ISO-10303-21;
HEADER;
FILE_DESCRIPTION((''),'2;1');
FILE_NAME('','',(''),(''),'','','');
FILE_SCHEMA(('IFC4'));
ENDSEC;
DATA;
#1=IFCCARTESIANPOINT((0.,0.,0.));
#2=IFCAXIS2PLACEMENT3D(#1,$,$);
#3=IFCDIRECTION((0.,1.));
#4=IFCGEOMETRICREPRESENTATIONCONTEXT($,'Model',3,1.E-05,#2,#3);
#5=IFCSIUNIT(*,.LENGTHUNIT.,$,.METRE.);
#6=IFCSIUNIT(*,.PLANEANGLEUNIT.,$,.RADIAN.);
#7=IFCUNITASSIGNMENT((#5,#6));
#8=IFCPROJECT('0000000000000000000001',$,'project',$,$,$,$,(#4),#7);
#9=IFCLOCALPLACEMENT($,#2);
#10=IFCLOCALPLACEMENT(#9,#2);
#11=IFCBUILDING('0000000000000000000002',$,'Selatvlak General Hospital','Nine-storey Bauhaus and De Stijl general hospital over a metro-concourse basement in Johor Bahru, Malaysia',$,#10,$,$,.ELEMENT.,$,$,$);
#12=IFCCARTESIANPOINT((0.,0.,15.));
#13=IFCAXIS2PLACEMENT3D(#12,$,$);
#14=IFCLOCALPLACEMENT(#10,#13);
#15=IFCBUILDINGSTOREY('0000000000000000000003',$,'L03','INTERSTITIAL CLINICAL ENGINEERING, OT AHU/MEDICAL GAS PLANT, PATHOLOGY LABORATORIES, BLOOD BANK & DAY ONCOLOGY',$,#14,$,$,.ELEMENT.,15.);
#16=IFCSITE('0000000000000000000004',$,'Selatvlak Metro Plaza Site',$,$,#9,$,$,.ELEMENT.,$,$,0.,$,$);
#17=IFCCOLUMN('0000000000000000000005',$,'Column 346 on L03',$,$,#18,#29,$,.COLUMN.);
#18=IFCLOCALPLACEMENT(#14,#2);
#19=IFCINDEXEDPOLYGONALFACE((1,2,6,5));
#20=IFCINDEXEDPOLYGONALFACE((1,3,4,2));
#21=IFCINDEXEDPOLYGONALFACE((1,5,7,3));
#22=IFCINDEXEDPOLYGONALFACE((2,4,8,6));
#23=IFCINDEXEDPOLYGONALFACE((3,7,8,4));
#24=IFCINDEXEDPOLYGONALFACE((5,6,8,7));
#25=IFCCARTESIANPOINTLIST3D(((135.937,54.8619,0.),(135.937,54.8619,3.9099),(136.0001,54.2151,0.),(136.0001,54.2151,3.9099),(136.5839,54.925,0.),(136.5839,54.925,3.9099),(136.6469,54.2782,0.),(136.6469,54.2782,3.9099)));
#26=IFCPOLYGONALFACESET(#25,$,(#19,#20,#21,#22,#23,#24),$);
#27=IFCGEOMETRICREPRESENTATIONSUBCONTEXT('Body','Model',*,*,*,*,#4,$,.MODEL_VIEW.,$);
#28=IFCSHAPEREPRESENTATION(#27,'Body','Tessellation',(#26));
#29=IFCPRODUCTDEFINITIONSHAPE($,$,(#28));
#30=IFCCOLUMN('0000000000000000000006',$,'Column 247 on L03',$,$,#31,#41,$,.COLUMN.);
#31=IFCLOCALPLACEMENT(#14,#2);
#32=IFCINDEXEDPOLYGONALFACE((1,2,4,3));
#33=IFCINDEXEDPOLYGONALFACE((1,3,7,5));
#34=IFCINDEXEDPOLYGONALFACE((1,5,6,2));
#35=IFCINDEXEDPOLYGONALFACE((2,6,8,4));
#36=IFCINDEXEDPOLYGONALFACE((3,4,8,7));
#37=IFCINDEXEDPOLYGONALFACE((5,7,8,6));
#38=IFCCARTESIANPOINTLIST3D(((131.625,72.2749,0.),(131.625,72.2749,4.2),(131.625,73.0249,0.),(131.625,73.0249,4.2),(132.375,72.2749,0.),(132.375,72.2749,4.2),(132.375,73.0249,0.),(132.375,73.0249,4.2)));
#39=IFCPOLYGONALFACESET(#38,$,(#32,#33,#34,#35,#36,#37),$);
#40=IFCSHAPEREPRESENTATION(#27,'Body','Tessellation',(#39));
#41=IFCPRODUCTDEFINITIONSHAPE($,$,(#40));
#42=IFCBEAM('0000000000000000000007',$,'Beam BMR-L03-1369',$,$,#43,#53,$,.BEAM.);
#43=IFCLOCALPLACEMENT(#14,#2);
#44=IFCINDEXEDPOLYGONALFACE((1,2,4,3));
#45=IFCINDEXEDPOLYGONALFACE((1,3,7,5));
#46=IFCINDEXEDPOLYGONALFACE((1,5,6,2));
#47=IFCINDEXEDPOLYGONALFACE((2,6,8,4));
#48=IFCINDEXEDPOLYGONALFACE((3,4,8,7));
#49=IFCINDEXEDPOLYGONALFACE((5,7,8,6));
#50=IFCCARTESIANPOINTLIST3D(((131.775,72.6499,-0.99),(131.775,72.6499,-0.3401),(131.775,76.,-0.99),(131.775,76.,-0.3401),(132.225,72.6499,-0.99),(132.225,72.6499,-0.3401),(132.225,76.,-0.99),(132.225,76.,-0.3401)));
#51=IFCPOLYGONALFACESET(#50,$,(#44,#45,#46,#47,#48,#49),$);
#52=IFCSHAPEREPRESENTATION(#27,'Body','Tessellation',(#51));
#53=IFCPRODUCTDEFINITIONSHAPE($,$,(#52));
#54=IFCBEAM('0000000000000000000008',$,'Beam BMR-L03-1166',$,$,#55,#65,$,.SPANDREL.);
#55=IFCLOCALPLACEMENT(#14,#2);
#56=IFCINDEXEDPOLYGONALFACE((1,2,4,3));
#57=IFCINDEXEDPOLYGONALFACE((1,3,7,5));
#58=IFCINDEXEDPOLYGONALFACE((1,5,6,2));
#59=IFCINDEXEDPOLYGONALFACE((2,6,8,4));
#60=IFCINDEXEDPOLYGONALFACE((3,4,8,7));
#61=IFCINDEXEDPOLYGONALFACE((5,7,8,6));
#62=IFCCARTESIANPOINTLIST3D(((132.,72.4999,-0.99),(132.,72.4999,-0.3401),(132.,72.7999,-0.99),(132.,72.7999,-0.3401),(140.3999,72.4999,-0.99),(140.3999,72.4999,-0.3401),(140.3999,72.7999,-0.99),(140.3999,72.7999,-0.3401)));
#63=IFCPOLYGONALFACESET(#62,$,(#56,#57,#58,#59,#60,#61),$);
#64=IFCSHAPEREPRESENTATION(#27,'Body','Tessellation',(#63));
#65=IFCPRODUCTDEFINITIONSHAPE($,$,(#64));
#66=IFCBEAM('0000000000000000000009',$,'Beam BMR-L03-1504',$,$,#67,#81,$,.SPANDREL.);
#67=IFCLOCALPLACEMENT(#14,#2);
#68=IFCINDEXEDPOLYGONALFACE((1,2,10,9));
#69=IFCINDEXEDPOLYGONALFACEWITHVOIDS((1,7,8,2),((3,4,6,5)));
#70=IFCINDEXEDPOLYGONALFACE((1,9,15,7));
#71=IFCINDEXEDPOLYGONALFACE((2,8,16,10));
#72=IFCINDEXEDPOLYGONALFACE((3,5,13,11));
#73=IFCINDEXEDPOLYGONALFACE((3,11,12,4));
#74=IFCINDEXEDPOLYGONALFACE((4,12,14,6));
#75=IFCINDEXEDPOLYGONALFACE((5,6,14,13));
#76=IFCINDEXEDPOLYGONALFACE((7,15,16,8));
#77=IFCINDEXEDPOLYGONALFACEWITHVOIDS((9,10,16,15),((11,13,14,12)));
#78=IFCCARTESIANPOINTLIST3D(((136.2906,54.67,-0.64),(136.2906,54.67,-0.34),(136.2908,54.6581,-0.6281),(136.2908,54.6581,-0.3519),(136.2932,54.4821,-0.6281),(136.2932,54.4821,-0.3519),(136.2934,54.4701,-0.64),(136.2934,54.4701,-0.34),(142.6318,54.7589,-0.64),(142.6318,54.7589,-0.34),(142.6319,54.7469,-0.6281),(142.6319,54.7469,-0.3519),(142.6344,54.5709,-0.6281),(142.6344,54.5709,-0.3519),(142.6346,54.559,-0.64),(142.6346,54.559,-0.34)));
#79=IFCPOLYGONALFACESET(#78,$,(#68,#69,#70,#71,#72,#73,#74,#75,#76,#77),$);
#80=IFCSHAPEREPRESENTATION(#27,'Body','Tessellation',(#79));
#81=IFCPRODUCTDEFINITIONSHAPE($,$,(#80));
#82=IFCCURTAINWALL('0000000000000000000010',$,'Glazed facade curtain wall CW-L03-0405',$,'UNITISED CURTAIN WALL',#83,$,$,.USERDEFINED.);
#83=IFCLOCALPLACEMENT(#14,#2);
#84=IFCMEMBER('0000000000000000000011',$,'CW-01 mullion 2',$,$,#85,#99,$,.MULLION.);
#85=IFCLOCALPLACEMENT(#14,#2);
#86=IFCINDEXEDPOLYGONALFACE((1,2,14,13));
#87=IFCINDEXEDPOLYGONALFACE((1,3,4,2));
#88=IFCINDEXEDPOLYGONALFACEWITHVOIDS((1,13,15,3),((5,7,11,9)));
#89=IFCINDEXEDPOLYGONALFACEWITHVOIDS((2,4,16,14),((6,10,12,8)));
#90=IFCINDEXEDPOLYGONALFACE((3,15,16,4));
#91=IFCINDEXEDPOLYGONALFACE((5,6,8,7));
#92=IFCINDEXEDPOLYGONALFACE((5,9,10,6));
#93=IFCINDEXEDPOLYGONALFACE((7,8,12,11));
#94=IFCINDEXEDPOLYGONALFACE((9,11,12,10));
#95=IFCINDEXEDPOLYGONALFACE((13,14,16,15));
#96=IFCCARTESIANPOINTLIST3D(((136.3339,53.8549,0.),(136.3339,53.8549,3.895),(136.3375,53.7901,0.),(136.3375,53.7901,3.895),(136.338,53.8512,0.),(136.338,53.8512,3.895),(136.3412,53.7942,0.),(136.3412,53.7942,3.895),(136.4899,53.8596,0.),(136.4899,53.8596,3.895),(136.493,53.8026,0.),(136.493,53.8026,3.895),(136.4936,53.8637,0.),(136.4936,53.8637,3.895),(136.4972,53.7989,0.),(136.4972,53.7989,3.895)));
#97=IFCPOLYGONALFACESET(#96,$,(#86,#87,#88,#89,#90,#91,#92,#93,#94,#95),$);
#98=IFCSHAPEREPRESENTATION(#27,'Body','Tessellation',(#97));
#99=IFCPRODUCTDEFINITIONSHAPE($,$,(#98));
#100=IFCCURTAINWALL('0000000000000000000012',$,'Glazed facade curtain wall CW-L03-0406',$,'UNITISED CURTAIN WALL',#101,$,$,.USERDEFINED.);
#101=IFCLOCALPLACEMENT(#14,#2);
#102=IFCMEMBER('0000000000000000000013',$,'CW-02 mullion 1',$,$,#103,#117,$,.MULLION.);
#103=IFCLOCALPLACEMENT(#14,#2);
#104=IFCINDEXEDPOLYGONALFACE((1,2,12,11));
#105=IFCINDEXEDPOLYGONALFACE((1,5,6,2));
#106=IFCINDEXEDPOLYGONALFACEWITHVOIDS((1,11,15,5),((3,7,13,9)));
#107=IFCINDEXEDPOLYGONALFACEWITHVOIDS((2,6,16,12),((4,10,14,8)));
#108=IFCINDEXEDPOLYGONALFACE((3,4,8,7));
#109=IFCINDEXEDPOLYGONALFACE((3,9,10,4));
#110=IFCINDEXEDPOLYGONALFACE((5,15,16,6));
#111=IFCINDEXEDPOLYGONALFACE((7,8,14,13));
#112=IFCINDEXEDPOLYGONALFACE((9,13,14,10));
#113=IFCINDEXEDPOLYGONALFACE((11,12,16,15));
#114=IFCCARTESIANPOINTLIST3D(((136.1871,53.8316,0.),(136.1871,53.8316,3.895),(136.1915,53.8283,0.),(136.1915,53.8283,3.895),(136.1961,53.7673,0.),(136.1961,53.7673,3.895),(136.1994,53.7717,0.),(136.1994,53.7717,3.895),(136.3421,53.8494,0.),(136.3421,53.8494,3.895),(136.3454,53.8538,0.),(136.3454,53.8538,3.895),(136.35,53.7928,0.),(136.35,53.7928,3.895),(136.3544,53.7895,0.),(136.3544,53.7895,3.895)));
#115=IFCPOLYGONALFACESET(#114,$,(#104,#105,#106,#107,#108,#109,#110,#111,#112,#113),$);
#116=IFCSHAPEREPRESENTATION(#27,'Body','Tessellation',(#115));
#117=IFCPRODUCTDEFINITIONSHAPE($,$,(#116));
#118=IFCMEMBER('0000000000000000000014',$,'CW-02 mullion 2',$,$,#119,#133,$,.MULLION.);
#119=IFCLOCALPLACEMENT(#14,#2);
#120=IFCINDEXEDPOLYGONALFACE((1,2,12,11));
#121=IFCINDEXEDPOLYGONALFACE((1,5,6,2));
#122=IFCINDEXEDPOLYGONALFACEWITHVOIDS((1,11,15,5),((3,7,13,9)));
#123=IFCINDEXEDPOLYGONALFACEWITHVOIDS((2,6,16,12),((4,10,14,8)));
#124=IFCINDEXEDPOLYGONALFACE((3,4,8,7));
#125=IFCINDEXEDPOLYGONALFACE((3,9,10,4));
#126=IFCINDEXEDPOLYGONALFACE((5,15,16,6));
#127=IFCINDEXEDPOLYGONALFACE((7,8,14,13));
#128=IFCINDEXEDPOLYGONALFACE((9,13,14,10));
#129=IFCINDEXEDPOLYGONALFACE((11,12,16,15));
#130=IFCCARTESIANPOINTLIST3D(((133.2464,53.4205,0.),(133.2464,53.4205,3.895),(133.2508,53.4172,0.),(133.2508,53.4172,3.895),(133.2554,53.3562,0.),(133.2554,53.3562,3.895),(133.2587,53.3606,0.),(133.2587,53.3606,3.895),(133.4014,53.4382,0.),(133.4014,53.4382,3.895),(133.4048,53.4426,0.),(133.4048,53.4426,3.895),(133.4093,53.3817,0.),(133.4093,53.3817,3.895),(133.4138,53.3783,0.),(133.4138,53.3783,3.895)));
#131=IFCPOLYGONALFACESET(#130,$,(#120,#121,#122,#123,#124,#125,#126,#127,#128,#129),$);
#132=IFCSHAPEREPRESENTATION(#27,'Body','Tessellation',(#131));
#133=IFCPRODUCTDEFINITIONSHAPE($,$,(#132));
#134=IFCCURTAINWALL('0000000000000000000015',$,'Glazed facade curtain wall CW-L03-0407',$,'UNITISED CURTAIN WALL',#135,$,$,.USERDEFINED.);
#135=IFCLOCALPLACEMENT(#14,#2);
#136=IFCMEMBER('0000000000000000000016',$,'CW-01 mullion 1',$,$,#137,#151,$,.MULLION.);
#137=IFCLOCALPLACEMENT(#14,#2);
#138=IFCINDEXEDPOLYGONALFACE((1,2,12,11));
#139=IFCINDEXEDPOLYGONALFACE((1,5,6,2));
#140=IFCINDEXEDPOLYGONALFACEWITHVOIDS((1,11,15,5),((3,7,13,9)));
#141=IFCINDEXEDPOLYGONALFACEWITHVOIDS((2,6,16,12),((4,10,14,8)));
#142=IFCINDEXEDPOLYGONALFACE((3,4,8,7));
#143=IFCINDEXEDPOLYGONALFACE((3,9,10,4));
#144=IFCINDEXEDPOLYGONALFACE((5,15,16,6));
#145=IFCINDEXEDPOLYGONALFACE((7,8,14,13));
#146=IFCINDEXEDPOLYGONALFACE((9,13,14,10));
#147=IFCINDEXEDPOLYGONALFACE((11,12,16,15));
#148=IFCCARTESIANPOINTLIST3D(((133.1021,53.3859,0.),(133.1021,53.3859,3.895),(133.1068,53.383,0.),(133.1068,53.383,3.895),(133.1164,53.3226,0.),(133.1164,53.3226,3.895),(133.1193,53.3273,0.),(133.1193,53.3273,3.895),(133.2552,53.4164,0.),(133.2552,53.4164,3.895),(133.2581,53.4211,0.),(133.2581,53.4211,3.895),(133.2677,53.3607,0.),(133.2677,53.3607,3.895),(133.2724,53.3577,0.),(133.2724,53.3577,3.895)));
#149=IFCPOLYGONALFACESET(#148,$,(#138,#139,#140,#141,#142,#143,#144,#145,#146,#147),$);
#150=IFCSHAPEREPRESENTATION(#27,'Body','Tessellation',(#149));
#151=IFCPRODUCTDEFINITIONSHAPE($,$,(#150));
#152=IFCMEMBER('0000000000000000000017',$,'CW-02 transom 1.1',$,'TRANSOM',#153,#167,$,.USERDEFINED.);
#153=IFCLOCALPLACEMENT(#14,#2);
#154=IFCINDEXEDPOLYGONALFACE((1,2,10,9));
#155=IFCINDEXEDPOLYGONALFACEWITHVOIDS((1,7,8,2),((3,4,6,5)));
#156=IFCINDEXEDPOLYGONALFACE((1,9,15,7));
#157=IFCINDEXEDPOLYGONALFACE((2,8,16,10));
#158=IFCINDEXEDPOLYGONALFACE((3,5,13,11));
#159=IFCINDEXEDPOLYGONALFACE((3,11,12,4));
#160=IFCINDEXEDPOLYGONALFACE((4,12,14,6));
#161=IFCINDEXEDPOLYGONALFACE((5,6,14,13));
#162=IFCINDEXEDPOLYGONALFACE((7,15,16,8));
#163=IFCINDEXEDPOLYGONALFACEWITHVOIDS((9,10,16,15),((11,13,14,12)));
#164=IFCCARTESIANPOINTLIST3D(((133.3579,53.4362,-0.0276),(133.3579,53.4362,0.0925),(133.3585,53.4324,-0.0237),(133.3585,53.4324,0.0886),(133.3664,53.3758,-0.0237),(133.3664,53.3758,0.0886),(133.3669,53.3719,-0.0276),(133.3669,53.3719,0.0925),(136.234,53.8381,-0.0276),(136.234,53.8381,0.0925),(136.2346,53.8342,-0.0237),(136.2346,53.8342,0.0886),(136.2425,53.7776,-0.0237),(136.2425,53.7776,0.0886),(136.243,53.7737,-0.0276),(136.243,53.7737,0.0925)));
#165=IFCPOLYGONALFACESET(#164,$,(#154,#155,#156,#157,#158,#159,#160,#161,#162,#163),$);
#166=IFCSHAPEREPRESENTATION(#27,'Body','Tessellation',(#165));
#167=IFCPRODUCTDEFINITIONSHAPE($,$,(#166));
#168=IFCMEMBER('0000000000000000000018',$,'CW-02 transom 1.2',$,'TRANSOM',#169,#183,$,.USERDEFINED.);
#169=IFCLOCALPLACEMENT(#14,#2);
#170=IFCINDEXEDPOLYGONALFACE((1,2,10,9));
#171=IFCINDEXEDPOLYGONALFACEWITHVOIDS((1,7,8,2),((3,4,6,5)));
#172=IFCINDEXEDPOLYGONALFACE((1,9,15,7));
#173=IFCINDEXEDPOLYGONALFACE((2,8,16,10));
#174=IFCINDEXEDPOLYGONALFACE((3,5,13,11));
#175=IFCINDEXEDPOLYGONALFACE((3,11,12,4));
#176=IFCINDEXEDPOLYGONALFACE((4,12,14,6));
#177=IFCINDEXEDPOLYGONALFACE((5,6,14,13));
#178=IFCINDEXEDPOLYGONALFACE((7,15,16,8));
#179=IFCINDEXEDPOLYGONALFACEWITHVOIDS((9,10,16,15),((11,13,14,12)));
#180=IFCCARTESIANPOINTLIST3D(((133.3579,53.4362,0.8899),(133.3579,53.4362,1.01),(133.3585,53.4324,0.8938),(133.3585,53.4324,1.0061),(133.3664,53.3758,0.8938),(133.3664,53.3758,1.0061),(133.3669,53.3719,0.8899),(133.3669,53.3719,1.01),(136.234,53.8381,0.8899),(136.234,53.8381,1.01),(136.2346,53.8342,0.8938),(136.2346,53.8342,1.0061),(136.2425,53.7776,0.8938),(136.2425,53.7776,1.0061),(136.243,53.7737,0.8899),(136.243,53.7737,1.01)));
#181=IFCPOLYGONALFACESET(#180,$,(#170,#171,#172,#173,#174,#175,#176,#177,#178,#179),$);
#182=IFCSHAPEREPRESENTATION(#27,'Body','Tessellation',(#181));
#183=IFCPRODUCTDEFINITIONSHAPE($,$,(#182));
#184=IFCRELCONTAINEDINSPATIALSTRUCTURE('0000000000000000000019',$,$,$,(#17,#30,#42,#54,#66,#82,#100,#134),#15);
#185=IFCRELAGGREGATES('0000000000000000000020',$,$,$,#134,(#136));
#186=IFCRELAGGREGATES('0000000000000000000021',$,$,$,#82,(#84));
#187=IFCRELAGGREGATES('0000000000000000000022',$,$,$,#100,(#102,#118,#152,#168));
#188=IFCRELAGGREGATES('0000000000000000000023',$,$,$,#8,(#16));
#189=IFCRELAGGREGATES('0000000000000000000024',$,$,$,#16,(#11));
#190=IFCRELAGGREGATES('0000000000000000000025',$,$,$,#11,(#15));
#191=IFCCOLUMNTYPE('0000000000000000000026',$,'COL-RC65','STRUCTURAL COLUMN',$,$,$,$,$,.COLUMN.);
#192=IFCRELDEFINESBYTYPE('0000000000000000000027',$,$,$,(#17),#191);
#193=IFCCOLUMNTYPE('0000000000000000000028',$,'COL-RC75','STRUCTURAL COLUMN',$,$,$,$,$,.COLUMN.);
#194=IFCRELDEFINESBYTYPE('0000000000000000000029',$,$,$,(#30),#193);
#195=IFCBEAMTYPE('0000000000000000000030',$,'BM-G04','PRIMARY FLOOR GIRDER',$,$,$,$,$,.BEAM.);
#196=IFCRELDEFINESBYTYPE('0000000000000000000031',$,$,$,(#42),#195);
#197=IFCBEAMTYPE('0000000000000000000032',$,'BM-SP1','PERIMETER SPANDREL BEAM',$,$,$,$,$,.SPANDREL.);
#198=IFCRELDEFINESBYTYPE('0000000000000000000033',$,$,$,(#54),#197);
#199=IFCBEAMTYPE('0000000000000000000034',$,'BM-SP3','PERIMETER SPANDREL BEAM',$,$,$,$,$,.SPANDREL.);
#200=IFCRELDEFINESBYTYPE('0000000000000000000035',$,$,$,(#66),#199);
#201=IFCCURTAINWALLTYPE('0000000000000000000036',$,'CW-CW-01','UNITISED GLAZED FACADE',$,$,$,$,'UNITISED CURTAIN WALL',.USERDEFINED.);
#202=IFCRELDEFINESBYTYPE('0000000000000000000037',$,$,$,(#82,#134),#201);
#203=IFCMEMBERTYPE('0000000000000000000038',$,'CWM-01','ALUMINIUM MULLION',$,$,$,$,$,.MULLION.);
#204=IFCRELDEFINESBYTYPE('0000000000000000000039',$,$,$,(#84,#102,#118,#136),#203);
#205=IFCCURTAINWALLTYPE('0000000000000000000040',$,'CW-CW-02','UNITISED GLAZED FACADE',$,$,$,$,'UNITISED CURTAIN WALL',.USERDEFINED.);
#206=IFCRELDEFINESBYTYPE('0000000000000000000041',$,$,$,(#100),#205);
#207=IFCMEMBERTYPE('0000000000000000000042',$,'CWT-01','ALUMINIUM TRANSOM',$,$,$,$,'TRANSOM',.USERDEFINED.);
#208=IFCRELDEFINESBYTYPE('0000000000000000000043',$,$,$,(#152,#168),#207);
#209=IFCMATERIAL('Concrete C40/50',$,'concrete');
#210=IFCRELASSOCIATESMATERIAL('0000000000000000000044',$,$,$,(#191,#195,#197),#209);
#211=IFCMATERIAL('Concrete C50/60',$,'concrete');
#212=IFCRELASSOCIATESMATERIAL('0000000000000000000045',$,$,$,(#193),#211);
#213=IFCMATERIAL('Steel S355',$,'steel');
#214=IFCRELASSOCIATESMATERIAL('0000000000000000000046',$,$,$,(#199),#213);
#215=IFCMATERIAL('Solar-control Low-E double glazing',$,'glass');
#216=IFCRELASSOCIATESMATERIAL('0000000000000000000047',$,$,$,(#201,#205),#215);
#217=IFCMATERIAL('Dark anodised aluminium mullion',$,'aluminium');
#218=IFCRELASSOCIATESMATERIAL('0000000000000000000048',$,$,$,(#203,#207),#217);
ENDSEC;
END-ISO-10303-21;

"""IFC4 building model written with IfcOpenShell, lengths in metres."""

from ifc_helpers import new_model, si_unit, direction, frame, origin, origin_2d, place, context, subcontext, project, spatial, rectangle, hollow_rectangle, extrude, material, material_profile, profile_set, type_object, element, aggregate, save


model = new_model("IFC4")

# Units and contexts
model_context = context("Model", 3, precision=1e-05, world=origin(), true_north=direction((0.0, 1.0)))
body_context = subcontext(model_context, "Body", "Model", "MODEL_VIEW")
ifc_project = project(units=[si_unit("LENGTHUNIT", "METRE"), si_unit("PLANEANGLEUNIT", "RADIAN")], contexts=[model_context])

# Site, building, storey
site_placement = place(None, origin())
site = spatial("IfcSite", under=ifc_project, at=site_placement, Name="Selatvlak Metro Plaza Site", CompositionType="ELEMENT", RefElevation=0.0)
building_placement = place(site_placement, origin())
building = spatial("IfcBuilding", under=site, at=building_placement, Name="Selatvlak General Hospital", Description="Nine-storey Bauhaus and De Stijl general hospital over a metro-concourse basement in Johor Bahru, Malaysia", CompositionType="ELEMENT")
storey_placement = place(building_placement, frame((0.0, 0.0, 15.0)))
storey = spatial("IfcBuildingStorey", under=building, at=storey_placement, Name="L03", Description="INTERSTITIAL CLINICAL ENGINEERING, OT AHU/MEDICAL GAS PLANT, PATHOLOGY LABORATORIES, BLOOD BANK & DAY ONCOLOGY", CompositionType="ELEMENT", Elevation=15.0)

# Columns
ifc_material_1 = material(Name="Concrete C40/50", Category="concrete")
ifc_material_profile_1 = material_profile(ifc_material_1, rectangle(XDim=0.6499, YDim=0.6499, at=origin_2d()), Name="RC-COL 650x650")
ifc_profile_set_1 = profile_set([ifc_material_profile_1], Name="Concrete C40/50")
column_type_1 = type_object("IfcColumnType", Name="COL-RC65", Description="STRUCTURAL COLUMN", PredefinedType="COLUMN", material=ifc_profile_set_1)
column_1_placement = place(storey_placement, frame((136.292, 54.5701, 0.0), z_axis=(0.0, 0.0, 1.0), x_axis=(-0.097062, 0.995278, 0.0)))
element("IfcColumn", 1, at=column_1_placement, inside=storey, type_object=column_type_1, Name="Column 346 on L03", PredefinedType="COLUMN", context=body_context, shape_type="SweptSolid", body=[
    extrude(rectangle(XDim=0.6499, YDim=0.6499, at=origin_2d()), origin(), (0.0, 0.0, 1.0), 3.9099),
])
ifc_material_2 = material(Name="Concrete C50/60", Category="concrete")
ifc_material_profile_2 = material_profile(ifc_material_2, rectangle(XDim=0.75, YDim=0.75, at=origin_2d()), Name="RC-COL 750x750")
ifc_profile_set_2 = profile_set([ifc_material_profile_2], Name="Concrete C50/60")
column_type_2 = type_object("IfcColumnType", Name="COL-RC75", Description="STRUCTURAL COLUMN", PredefinedType="COLUMN", material=ifc_profile_set_2)
column_2_placement = place(storey_placement, frame((132.0, 72.6499, 0.0), z_axis=(0.0, 0.0, 1.0), x_axis=(1.0, 0.0, 0.0)))
element("IfcColumn", 2, at=column_2_placement, inside=storey, type_object=column_type_2, Name="Column 247 on L03", PredefinedType="COLUMN", context=body_context, shape_type="SweptSolid", body=[
    extrude(rectangle(XDim=0.75, YDim=0.75, at=origin_2d()), origin(), (0.0, 0.0, 1.0), 4.2),
])

# Beams
ifc_material_profile_3 = material_profile(ifc_material_1, rectangle(XDim=0.45, YDim=0.6499, at=origin_2d()), Name="RC-BM 450x650")
ifc_profile_set_3 = profile_set([ifc_material_profile_3], Name="Concrete C40/50")
beam_type_1 = type_object("IfcBeamType", Name="BM-G04", Description="PRIMARY FLOOR GIRDER", PredefinedType="BEAM", material=ifc_profile_set_3)
beam_1_placement = place(storey_placement, frame((132.0, 72.6499, -0.665), z_axis=(0.0, 1.0, 0.0), x_axis=(-1.0, 0.0, 0.0)))
element("IfcBeam", 3, at=beam_1_placement, inside=storey, type_object=beam_type_1, Name="Beam BMR-L03-1369", PredefinedType="BEAM", context=body_context, shape_type="SweptSolid", body=[
    extrude(rectangle(XDim=0.45, YDim=0.6499, at=origin_2d()), origin(), (0.0, 0.0, 1.0), 3.3501),
])
ifc_material_profile_4 = material_profile(ifc_material_1, rectangle(XDim=0.3, YDim=0.6499, at=origin_2d()), Name="RC-SP 300x650")
ifc_profile_set_4 = profile_set([ifc_material_profile_4], Name="Concrete C40/50")
beam_type_2 = type_object("IfcBeamType", Name="BM-SP1", Description="PERIMETER SPANDREL BEAM", PredefinedType="SPANDREL", material=ifc_profile_set_4)
beam_2_placement = place(storey_placement, frame((132.0, 72.6499, -0.665), z_axis=(1.0, 0.0, 0.0), x_axis=(0.0, 1.0, 0.0)))
element("IfcBeam", 4, at=beam_2_placement, inside=storey, type_object=beam_type_2, Name="Beam BMR-L03-1166", PredefinedType="SPANDREL", context=body_context, shape_type="SweptSolid", body=[
    extrude(rectangle(XDim=0.3, YDim=0.6499, at=origin_2d()), origin(), (0.0, 0.0, 1.0), 8.3999),
])
ifc_material_3 = material(Name="Steel S355", Category="steel")
ifc_material_profile_5 = material_profile(ifc_material_3, hollow_rectangle(XDim=0.2, YDim=0.3, WallThickness=0.012, at=origin_2d()), Name="RHS 300x200x12")
ifc_profile_set_5 = profile_set([ifc_material_profile_5], Name="Steel S355")
beam_type_3 = type_object("IfcBeamType", Name="BM-SP3", Description="PERIMETER SPANDREL BEAM", PredefinedType="SPANDREL", material=ifc_profile_set_5)
beam_3_placement = place(storey_placement, frame((136.292, 54.5701, -0.49), z_axis=(0.999902, 0.014013, 0.0), x_axis=(-0.014013, 0.999902, 0.0)))
element("IfcBeam", 5, at=beam_3_placement, inside=storey, type_object=beam_type_3, Name="Beam BMR-L03-1504", PredefinedType="SPANDREL", context=body_context, shape_type="SweptSolid", body=[
    extrude(hollow_rectangle(XDim=0.2, YDim=0.3, WallThickness=0.012, at=origin_2d()), origin(), (0.0, 0.0, 1.0), 6.3418),
])

# Curtain wall, member
ifc_material_4 = material(Name="Solar-control Low-E double glazing", Category="glass")
curtain_wall_type_1 = type_object("IfcCurtainWallType", Name="CW-CW-01", Description="UNITISED GLAZED FACADE", ElementType="UNITISED CURTAIN WALL", PredefinedType="USERDEFINED", material=ifc_material_4)
curtain_wall_1_placement = place(storey_placement, origin())
curtain_wall_1 = element("IfcCurtainWall", 6, at=curtain_wall_1_placement, inside=storey, type_object=curtain_wall_type_1, Name="Glazed facade curtain wall CW-L03-0405", ObjectType="UNITISED CURTAIN WALL", PredefinedType="USERDEFINED")
ifc_material_5 = material(Name="Dark anodised aluminium mullion", Category="aluminium")
ifc_material_profile_6 = material_profile(ifc_material_5, hollow_rectangle(XDim=0.0649, YDim=0.1599, WallThickness=0.0039, at=origin_2d()), Name="AL-MUL 65x160x4")
ifc_profile_set_6 = profile_set([ifc_material_profile_6], Name="Dark anodised aluminium mullion")
member_type_1 = type_object("IfcMemberType", Name="CWM-01", Description="ALUMINIUM MULLION", PredefinedType="MULLION", material=ifc_profile_set_6)
member_1_placement = place(storey_placement, frame((136.4155, 53.8269, 0.0), z_axis=(0.0, 0.0, 1.0), x_axis=(0.055159, -0.998478, 0.0)))
member_1 = element("IfcMember", 7, at=member_1_placement, type_object=member_type_1, Name="CW-01 mullion 2", PredefinedType="MULLION", context=body_context, shape_type="SweptSolid", body=[
    extrude(hollow_rectangle(XDim=0.0649, YDim=0.1599, WallThickness=0.0039, at=origin_2d()), origin(), (0.0, 0.0, 1.0), 3.895),
])

# Curtain wall, members
curtain_wall_type_2 = type_object("IfcCurtainWallType", Name="CW-CW-02", Description="UNITISED GLAZED FACADE", ElementType="UNITISED CURTAIN WALL", PredefinedType="USERDEFINED", material=ifc_material_4)
curtain_wall_2_placement = place(storey_placement, origin())
curtain_wall_2 = element("IfcCurtainWall", 8, at=curtain_wall_2_placement, inside=storey, type_object=curtain_wall_type_2, Name="Glazed facade curtain wall CW-L03-0406", ObjectType="UNITISED CURTAIN WALL", PredefinedType="USERDEFINED")
member_2_placement = place(storey_placement, frame((136.2708, 53.8105, 0.0), z_axis=(0.0, 0.0, 1.0), x_axis=(0.138422, -0.990373, 0.0)))
member_2 = element("IfcMember", 9, at=member_2_placement, type_object=member_type_1, Name="CW-02 mullion 1", PredefinedType="MULLION", context=body_context, shape_type="SweptSolid", body=[
    extrude(hollow_rectangle(XDim=0.0649, YDim=0.1599, WallThickness=0.0039, at=origin_2d()), origin(), (0.0, 0.0, 1.0), 3.895),
])
member_3_placement = place(storey_placement, frame((133.3301, 53.3994, 0.0), z_axis=(0.0, 0.0, 1.0), x_axis=(0.138422, -0.990373, 0.0)))
member_3 = element("IfcMember", 10, at=member_3_placement, type_object=member_type_1, Name="CW-02 mullion 2", PredefinedType="MULLION", context=body_context, shape_type="SweptSolid", body=[
    extrude(hollow_rectangle(XDim=0.0649, YDim=0.1599, WallThickness=0.0039, at=origin_2d()), origin(), (0.0, 0.0, 1.0), 3.895),
])

# Curtain wall, member
curtain_wall_3_placement = place(storey_placement, origin())
curtain_wall_3 = element("IfcCurtainWall", 11, at=curtain_wall_3_placement, inside=storey, type_object=curtain_wall_type_1, Name="Glazed facade curtain wall CW-L03-0407", ObjectType="UNITISED CURTAIN WALL", PredefinedType="USERDEFINED")
member_4_placement = place(storey_placement, frame((133.1873, 53.3718, 0.0), z_axis=(0.0, 0.0, 1.0), x_axis=(0.219653, -0.975578, 0.0)))
member_4 = element("IfcMember", 12, at=member_4_placement, type_object=member_type_1, Name="CW-01 mullion 1", PredefinedType="MULLION", context=body_context, shape_type="SweptSolid", body=[
    extrude(hollow_rectangle(XDim=0.0649, YDim=0.1599, WallThickness=0.0039, at=origin_2d()), origin(), (0.0, 0.0, 1.0), 3.895),
])

# Members
ifc_material_profile_7 = material_profile(ifc_material_5, hollow_rectangle(XDim=0.0649, YDim=0.1201, WallThickness=0.0039, at=origin_2d()), Name="AL-TRN 65x120x4")
ifc_profile_set_7 = profile_set([ifc_material_profile_7], Name="Dark anodised aluminium mullion")
member_type_2 = type_object("IfcMemberType", Name="CWT-01", Description="ALUMINIUM TRANSOM", ElementType="TRANSOM", PredefinedType="USERDEFINED", material=ifc_profile_set_7)
member_5_placement = place(storey_placement, frame((136.2385, 53.8059, 0.0325), z_axis=(-0.99038, -0.138372, 0.0), x_axis=(0.138372, -0.99038, 0.0)))
member_5 = element("IfcMember", 13, at=member_5_placement, type_object=member_type_2, Name="CW-02 transom 1.1", ObjectType="TRANSOM", PredefinedType="USERDEFINED", context=body_context, shape_type="SweptSolid", body=[
    extrude(hollow_rectangle(XDim=0.0649, YDim=0.1201, WallThickness=0.0039, at=origin_2d()), origin(), (0.0, 0.0, 1.0), 2.9041),
])
member_6_placement = place(storey_placement, frame((136.2385, 53.8059, 0.95), z_axis=(-0.99038, -0.138372, 0.0), x_axis=(0.138372, -0.99038, 0.0)))
member_6 = element("IfcMember", 14, at=member_6_placement, type_object=member_type_2, Name="CW-02 transom 1.2", ObjectType="TRANSOM", PredefinedType="USERDEFINED", context=body_context, shape_type="SweptSolid", body=[
    extrude(hollow_rectangle(XDim=0.0649, YDim=0.1201, WallThickness=0.0039, at=origin_2d()), origin(), (0.0, 0.0, 1.0), 2.9041),
])
aggregate(curtain_wall_3, [member_4])

aggregate(curtain_wall_1, [member_1])
aggregate(curtain_wall_2, [member_2, member_3, member_5, member_6])

save(model, "model.ifc")
